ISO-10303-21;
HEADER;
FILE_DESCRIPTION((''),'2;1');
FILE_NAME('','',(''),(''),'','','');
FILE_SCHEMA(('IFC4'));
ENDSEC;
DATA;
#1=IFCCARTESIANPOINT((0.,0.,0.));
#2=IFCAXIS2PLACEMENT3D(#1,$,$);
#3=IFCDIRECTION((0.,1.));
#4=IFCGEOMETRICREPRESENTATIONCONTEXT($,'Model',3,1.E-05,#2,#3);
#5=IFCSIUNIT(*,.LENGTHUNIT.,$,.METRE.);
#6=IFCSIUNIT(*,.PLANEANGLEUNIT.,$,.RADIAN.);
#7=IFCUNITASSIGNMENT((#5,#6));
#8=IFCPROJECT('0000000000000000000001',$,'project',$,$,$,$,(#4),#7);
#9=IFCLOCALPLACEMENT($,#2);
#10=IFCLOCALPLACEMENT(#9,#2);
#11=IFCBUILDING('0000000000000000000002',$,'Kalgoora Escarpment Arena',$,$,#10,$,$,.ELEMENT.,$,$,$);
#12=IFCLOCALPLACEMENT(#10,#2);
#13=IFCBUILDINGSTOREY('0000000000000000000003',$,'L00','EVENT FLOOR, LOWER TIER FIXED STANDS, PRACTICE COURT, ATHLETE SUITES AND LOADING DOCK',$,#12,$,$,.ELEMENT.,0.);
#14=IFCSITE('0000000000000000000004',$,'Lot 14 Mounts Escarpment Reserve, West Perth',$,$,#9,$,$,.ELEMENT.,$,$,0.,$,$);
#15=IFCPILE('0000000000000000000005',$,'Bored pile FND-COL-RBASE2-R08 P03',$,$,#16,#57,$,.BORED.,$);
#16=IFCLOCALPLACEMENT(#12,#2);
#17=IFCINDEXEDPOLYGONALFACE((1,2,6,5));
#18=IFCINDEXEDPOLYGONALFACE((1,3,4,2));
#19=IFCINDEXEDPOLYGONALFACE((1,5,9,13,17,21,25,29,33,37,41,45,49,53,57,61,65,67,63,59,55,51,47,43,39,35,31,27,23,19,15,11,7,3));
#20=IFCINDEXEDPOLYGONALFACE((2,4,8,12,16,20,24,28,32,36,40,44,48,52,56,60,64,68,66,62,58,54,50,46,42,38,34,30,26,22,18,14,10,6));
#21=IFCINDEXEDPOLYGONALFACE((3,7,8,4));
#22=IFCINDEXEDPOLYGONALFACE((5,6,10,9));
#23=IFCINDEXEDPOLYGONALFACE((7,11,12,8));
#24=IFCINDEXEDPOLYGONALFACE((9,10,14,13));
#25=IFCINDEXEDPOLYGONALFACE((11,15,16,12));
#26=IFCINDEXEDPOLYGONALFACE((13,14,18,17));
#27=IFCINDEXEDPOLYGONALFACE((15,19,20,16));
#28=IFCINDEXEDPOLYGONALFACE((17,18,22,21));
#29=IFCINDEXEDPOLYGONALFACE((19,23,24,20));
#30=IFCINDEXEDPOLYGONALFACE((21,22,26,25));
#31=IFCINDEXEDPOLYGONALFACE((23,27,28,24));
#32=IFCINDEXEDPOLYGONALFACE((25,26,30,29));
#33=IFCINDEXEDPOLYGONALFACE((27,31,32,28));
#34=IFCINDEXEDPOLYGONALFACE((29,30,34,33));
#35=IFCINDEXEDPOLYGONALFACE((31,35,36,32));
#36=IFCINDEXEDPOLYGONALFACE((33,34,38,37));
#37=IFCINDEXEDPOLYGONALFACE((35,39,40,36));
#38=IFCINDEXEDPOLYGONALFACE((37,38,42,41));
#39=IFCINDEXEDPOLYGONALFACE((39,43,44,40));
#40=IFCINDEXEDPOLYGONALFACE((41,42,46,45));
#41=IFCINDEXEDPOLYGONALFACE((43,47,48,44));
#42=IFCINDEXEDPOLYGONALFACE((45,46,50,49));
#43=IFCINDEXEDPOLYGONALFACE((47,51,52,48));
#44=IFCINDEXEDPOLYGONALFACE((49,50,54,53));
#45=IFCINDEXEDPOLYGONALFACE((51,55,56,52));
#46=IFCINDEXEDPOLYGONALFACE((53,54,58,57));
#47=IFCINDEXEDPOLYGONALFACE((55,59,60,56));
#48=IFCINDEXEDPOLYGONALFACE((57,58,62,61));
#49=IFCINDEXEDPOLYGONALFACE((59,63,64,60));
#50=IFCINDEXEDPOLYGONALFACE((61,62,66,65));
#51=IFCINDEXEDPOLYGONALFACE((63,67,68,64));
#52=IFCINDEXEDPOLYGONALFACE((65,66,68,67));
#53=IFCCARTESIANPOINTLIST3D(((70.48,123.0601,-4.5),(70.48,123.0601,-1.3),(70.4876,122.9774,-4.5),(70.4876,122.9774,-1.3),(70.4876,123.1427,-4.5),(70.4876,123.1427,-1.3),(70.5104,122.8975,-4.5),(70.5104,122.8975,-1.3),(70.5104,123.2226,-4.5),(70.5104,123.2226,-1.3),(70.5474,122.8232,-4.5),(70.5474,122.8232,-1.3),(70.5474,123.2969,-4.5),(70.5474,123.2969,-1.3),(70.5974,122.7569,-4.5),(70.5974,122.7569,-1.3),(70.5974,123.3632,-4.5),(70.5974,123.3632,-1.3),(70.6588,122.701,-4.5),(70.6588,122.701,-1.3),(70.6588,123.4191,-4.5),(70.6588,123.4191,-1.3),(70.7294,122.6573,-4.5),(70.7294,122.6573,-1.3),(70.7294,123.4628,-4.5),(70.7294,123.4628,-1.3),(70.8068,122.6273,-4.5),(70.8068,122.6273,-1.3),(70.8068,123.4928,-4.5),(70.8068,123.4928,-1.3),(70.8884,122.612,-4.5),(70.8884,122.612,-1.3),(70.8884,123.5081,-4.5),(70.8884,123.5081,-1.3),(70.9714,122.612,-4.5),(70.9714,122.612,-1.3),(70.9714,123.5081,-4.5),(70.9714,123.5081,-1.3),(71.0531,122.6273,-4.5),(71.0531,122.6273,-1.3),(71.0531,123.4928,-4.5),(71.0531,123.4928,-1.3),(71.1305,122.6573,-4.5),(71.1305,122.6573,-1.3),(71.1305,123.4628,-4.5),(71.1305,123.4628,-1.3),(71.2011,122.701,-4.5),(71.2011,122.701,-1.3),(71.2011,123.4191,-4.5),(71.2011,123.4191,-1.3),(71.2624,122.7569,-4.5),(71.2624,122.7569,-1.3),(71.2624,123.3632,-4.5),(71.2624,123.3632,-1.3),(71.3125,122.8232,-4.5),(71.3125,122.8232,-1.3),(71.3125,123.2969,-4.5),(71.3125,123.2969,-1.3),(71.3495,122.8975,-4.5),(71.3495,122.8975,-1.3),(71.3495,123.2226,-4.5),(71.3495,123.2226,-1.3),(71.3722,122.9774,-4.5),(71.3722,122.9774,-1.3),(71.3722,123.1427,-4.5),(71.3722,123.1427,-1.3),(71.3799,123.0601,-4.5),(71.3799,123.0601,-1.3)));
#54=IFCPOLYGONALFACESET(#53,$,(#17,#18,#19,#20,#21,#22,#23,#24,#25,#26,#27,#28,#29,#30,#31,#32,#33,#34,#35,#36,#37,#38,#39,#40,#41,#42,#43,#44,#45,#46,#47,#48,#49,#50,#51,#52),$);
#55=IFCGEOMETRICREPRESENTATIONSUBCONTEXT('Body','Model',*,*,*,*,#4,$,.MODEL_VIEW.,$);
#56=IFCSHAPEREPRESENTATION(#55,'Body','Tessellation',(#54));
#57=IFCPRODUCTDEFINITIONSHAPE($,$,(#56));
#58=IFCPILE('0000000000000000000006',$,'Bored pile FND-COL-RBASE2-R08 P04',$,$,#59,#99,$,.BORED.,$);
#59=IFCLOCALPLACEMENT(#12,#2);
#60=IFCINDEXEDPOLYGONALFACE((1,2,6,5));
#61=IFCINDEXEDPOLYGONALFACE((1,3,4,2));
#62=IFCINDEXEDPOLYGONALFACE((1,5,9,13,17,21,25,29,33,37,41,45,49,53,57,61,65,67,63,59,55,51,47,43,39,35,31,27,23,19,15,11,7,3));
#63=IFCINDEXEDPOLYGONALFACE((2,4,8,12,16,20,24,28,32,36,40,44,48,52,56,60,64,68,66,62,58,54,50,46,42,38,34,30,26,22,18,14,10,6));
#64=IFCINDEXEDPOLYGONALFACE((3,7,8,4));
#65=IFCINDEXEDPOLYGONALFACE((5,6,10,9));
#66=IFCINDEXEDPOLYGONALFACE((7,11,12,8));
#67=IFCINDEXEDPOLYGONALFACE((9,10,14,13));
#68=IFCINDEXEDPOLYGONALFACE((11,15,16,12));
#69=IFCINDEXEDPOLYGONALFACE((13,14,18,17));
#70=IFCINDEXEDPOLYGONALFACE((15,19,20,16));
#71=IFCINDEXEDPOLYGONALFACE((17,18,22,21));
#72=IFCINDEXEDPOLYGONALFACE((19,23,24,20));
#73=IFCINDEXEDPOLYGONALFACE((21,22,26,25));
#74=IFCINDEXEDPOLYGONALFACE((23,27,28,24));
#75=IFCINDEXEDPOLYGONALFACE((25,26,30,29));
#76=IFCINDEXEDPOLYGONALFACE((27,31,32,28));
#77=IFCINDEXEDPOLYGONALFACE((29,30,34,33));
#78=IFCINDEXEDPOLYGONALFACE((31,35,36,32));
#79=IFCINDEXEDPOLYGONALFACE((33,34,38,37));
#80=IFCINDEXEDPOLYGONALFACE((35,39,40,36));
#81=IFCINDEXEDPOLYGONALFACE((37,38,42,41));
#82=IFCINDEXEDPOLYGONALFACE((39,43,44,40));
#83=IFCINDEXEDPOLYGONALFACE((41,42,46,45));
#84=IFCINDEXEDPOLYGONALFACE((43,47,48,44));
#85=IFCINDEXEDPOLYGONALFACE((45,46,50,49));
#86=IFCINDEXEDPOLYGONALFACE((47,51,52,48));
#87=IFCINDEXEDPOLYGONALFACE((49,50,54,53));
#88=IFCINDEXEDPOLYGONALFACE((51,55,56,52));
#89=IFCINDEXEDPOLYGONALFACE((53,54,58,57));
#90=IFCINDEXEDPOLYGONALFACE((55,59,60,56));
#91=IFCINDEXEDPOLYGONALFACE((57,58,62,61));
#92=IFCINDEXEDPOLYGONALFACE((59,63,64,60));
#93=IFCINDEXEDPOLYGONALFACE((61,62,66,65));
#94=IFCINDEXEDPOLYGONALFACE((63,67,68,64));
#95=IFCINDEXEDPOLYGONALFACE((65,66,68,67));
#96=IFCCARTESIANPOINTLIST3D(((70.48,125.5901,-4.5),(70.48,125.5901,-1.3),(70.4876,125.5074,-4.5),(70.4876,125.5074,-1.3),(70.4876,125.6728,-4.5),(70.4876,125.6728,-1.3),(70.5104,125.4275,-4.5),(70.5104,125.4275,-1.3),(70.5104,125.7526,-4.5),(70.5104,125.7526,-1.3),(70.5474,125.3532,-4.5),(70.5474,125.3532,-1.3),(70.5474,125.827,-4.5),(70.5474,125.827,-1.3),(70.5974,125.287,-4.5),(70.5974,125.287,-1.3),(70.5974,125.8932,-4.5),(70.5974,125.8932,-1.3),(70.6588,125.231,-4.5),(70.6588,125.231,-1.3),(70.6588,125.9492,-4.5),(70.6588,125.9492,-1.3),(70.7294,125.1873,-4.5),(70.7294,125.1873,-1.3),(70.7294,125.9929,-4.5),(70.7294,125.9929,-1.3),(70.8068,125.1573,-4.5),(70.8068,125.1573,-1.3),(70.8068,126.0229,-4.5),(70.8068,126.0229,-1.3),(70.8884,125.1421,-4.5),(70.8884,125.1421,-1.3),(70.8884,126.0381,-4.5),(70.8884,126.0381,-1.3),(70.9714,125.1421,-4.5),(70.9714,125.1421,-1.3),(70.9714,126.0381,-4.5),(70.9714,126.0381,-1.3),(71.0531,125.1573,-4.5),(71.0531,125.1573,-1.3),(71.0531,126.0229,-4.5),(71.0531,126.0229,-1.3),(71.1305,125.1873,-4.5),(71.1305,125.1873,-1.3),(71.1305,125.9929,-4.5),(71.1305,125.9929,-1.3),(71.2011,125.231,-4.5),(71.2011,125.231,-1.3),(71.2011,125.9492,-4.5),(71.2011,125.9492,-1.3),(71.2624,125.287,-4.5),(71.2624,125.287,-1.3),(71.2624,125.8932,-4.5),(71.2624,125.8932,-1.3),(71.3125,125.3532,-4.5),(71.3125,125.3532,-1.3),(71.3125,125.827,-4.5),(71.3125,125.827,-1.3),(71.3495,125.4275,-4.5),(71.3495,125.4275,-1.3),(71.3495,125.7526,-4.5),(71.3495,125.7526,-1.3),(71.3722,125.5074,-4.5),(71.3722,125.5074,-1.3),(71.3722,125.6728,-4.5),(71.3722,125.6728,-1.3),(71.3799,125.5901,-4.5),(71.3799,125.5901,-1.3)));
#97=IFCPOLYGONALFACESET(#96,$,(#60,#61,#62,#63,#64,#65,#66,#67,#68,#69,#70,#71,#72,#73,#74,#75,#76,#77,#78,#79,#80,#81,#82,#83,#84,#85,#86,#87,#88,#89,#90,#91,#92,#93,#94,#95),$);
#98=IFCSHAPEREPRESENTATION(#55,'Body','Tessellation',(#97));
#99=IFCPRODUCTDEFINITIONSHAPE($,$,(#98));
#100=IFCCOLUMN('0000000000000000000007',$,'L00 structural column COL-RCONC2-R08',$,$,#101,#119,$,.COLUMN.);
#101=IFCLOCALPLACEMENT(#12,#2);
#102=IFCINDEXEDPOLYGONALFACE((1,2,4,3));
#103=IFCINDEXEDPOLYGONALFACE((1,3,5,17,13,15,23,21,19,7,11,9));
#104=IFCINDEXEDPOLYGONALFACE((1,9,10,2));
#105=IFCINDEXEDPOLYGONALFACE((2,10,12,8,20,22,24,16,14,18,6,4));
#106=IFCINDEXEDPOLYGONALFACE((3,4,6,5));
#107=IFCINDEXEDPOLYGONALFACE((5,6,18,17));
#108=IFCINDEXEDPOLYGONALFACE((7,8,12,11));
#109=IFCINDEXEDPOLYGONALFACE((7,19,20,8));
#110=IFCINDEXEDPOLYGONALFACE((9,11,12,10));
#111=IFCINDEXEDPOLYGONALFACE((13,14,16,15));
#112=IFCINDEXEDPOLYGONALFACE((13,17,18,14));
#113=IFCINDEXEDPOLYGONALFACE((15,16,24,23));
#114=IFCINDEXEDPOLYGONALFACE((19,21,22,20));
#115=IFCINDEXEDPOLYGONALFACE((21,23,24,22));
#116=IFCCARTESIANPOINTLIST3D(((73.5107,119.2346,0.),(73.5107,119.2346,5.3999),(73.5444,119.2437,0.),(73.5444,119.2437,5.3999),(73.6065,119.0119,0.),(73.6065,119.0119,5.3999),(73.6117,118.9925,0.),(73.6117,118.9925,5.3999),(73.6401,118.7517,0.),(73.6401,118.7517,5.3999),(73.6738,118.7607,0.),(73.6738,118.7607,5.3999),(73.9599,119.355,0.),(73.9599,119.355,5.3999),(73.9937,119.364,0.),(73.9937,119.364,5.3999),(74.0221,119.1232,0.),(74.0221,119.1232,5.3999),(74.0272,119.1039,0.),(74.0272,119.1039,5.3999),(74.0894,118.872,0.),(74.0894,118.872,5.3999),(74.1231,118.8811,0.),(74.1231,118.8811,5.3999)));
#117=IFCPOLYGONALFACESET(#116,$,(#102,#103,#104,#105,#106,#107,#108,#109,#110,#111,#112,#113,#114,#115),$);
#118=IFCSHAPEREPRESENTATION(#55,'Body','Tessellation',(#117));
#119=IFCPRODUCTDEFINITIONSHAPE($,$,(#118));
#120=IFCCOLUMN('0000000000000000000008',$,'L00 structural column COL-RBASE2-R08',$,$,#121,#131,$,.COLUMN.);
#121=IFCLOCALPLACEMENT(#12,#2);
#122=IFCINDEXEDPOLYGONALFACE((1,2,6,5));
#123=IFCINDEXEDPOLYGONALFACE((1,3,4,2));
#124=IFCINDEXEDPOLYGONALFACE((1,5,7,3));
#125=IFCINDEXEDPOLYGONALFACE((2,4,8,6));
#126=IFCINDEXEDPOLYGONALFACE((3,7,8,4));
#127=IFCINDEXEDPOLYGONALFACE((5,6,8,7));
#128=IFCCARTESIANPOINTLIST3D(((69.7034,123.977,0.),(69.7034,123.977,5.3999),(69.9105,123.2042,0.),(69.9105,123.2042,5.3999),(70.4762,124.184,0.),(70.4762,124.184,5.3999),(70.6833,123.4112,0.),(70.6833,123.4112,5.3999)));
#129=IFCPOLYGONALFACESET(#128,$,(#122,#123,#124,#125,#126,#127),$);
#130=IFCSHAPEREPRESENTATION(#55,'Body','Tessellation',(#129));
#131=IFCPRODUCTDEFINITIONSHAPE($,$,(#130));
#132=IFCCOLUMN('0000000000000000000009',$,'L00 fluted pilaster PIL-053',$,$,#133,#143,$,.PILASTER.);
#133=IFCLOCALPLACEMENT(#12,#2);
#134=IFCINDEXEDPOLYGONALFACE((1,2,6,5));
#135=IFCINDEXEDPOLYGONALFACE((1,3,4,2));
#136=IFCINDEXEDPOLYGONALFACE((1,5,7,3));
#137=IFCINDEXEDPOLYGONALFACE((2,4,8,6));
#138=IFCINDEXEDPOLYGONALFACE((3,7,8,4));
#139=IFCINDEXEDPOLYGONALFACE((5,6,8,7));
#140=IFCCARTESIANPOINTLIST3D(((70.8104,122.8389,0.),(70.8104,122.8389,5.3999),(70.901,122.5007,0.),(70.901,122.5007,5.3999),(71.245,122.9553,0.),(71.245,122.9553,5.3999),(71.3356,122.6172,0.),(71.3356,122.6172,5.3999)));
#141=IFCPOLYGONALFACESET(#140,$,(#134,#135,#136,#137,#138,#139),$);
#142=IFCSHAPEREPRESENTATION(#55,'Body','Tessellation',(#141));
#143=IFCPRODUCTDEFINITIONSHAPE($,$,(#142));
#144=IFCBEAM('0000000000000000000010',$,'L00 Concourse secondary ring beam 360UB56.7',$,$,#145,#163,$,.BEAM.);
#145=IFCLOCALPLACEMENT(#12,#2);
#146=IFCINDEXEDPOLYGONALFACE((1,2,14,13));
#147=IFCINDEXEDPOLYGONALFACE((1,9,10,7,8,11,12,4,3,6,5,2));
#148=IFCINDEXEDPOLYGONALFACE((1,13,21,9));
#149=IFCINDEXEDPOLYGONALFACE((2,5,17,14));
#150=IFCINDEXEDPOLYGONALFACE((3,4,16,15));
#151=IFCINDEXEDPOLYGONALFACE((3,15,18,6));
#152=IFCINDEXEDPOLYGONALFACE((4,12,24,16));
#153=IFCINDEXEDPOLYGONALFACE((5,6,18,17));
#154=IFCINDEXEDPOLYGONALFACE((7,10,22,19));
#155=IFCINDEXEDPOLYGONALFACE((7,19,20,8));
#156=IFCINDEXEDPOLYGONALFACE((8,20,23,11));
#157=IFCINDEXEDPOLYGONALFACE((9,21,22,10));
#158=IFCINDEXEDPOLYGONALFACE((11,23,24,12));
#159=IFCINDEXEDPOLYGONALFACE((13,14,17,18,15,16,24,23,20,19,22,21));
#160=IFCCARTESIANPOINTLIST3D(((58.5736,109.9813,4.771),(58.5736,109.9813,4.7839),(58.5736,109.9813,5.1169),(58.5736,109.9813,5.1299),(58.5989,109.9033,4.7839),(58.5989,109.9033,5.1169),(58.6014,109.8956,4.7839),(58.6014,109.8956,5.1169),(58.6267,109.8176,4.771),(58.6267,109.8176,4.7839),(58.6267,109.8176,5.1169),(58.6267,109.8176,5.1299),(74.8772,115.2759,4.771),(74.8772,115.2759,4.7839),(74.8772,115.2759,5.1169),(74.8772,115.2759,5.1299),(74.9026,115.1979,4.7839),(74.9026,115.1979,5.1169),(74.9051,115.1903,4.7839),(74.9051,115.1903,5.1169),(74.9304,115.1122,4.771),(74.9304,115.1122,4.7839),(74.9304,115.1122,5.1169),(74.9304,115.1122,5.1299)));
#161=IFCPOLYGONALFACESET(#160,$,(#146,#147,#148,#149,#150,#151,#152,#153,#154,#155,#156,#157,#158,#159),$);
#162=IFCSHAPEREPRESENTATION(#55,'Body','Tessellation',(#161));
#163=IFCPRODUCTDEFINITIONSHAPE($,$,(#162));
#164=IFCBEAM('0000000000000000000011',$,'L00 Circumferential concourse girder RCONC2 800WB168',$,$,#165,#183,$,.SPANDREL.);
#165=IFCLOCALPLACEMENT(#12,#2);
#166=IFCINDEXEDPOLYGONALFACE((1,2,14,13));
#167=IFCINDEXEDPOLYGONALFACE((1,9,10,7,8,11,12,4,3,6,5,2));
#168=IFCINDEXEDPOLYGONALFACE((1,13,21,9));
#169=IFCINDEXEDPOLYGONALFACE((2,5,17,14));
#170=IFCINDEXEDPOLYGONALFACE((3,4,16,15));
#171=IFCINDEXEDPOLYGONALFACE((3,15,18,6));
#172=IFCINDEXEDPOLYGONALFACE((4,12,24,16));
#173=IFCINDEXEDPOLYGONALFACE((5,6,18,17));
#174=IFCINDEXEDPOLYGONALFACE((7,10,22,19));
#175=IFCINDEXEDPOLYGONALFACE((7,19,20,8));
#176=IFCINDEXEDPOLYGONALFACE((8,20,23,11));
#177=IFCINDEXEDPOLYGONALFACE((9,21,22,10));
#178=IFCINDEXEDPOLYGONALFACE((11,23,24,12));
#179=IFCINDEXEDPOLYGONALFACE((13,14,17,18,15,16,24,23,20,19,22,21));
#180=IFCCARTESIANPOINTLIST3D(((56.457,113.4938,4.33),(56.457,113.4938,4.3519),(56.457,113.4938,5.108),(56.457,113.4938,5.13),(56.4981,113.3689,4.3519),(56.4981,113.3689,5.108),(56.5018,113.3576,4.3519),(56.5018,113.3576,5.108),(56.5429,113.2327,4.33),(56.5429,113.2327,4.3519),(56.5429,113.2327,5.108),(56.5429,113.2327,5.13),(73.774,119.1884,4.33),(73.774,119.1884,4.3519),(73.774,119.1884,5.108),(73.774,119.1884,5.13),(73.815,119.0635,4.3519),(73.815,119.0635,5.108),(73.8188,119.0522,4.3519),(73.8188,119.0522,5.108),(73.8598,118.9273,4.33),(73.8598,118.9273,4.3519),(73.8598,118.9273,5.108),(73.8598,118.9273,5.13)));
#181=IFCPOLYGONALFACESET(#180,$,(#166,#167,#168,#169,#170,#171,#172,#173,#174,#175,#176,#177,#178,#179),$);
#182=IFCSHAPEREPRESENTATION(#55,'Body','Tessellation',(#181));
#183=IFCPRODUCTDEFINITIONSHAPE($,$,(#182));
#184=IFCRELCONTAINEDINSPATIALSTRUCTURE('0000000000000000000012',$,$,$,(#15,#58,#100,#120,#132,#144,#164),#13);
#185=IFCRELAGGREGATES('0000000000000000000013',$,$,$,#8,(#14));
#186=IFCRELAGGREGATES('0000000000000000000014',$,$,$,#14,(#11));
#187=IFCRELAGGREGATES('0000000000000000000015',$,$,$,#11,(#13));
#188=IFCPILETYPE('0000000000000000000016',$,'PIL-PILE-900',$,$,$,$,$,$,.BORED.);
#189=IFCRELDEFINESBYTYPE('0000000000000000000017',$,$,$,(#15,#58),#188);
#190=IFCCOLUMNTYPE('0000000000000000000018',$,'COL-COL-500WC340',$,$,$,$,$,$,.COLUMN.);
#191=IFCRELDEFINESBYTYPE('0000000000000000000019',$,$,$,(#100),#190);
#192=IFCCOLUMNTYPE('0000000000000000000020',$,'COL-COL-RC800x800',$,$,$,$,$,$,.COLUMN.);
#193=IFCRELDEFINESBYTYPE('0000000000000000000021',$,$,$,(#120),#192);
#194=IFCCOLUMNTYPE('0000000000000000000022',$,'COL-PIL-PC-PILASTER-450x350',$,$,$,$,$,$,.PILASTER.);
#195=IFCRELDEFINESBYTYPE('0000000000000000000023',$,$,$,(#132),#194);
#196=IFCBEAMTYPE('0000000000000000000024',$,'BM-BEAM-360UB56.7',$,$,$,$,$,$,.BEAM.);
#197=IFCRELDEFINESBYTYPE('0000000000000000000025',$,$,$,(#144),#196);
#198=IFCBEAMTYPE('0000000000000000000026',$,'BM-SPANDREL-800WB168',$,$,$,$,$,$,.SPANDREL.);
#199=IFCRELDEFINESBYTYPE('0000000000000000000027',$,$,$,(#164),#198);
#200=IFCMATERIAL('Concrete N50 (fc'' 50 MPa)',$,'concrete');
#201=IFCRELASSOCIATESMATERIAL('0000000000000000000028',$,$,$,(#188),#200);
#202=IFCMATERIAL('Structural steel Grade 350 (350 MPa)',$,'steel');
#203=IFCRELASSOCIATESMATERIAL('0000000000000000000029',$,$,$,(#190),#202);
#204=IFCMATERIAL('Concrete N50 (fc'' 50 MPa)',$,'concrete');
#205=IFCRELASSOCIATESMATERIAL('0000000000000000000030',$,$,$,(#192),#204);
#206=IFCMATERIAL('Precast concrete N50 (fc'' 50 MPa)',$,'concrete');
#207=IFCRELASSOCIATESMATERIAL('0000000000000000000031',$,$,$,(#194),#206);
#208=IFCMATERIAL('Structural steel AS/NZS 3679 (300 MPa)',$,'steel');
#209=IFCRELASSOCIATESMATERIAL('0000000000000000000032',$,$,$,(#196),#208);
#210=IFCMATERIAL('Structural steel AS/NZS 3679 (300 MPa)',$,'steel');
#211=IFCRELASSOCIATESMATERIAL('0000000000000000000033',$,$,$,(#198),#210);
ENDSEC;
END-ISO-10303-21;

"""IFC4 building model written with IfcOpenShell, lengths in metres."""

from ifc_helpers import new_model, si_unit, direction, frame, origin, origin_2d, place, context, subcontext, project, spatial, rectangle, circle, i_section, extrude, material, material_profile, profile_set, type_object, element, save


model = new_model("IFC4")

# Units and contexts
model_context = context("Model", 3, precision=1e-05, world=origin(), true_north=direction((0.0, 1.0)))
body_context = subcontext(model_context, "Body", "Model", "MODEL_VIEW")
ifc_project = project(units=[si_unit("LENGTHUNIT", "METRE"), si_unit("PLANEANGLEUNIT", "RADIAN")], contexts=[model_context])

# Site, building, storey
site_placement = place(None, origin())
site = spatial("IfcSite", under=ifc_project, at=site_placement, Name="Lot 14 Mounts Escarpment Reserve, West Perth", CompositionType="ELEMENT", RefElevation=0.0)
building_placement = place(site_placement, origin())
building = spatial("IfcBuilding", under=site, at=building_placement, Name="Kalgoora Escarpment Arena", CompositionType="ELEMENT")
storey_placement = place(building_placement, origin())
storey = spatial("IfcBuildingStorey", under=building, at=storey_placement, Name="L00", Description="EVENT FLOOR, LOWER TIER FIXED STANDS, PRACTICE COURT, ATHLETE SUITES AND LOADING DOCK", CompositionType="ELEMENT", Elevation=0.0)

# Piles
ifc_material_1 = material(Name="Concrete N50 (fc' 50 MPa)", Category="concrete")
ifc_material_profile_1 = material_profile(ifc_material_1, circle(Radius=0.45, at=origin_2d()))
ifc_profile_set_1 = profile_set([ifc_material_profile_1], Name="Concrete N50 (fc' 50 MPa)")
pile_type_1 = type_object("IfcPileType", Name="PIL-PILE-900", PredefinedType="BORED", material=ifc_profile_set_1)
for number, where, z_axis, x_axis, name in (
    (1, (70.9299, 123.0601, -1.3), (0.0, 0.0, -1.0), (1.0, 0.0, 0.0), "Bored pile FND-COL-RBASE2-R08 P03"),
    (2, (70.9299, 125.5901, -1.3), (0.0, 0.0, -1.0), (1.0, 0.0, 0.0), "Bored pile FND-COL-RBASE2-R08 P04"),
):
    element("IfcPile", number, at=place(storey_placement, frame(where, z_axis=z_axis, x_axis=x_axis)), inside=storey, type_object=pile_type_1, Name=name, PredefinedType="BORED", context=body_context, shape_type="SweptSolid", body=[
        extrude(circle(Radius=0.45, at=origin_2d()), origin(), (0.0, 0.0, 1.0), 3.2),
    ])

# Columns
ifc_material_2 = material(Name="Structural steel Grade 350 (350 MPa)", Category="steel")
ifc_material_profile_2 = material_profile(ifc_material_2, i_section(OverallWidth=0.5, OverallDepth=0.5, WebThickness=0.02, FlangeThickness=0.0349, at=origin_2d()))
ifc_profile_set_2 = profile_set([ifc_material_profile_2], Name="Structural steel Grade 350 (350 MPa)")
column_type_1 = type_object("IfcColumnType", Name="COL-COL-500WC340", PredefinedType="COLUMN", material=ifc_profile_set_2)
column_1_placement = place(storey_placement, frame((73.8169, 119.0579, 0.0), z_axis=(0.0, 0.0, 1.0), x_axis=(-0.258819, 0.965926, 0.0)))
element("IfcColumn", 3, at=column_1_placement, inside=storey, type_object=column_type_1, Name="L00 structural column COL-RCONC2-R08", PredefinedType="COLUMN", context=body_context, shape_type="SweptSolid", body=[
    extrude(i_section(OverallWidth=0.5, OverallDepth=0.5, WebThickness=0.02, FlangeThickness=0.0349, at=origin_2d()), origin(), (0.0, 0.0, 1.0), 5.3999),
])
ifc_material_3 = material(Name="Concrete N50 (fc' 50 MPa)", Category="concrete")
ifc_material_profile_3 = material_profile(ifc_material_3, rectangle(XDim=0.8, YDim=0.8, at=origin_2d()))
ifc_profile_set_3 = profile_set([ifc_material_profile_3], Name="Concrete N50 (fc' 50 MPa)")
column_type_2 = type_object("IfcColumnType", Name="COL-COL-RC800x800", PredefinedType="COLUMN", material=ifc_profile_set_3)
column_2_placement = place(storey_placement, frame((70.1934, 123.6941, 0.0), z_axis=(0.0, 0.0, 1.0), x_axis=(-0.258819, 0.965926, 0.0)))
element("IfcColumn", 4, at=column_2_placement, inside=storey, type_object=column_type_2, Name="L00 structural column COL-RBASE2-R08", PredefinedType="COLUMN", context=body_context, shape_type="SweptSolid", body=[
    extrude(rectangle(XDim=0.8, YDim=0.8, at=origin_2d()), origin(), (0.0, 0.0, 1.0), 5.3999),
])
ifc_material_4 = material(Name="Precast concrete N50 (fc' 50 MPa)", Category="concrete")
ifc_material_profile_4 = material_profile(ifc_material_4, rectangle(XDim=0.3501, YDim=0.45, at=origin_2d()))
ifc_profile_set_4 = profile_set([ifc_material_profile_4], Name="Precast concrete N50 (fc' 50 MPa)")
column_type_3 = type_object("IfcColumnType", Name="COL-PIL-PC-PILASTER-450x350", PredefinedType="PILASTER", material=ifc_profile_set_4)
column_3_placement = place(storey_placement, frame((71.073, 122.728, 0.0), z_axis=(0.0, 0.0, 1.0), x_axis=(-0.258819, 0.965926, 0.0)))
element("IfcColumn", 5, at=column_3_placement, inside=storey, type_object=column_type_3, Name="L00 fluted pilaster PIL-053", PredefinedType="PILASTER", context=body_context, shape_type="SweptSolid", body=[
    extrude(rectangle(XDim=0.3501, YDim=0.45, at=origin_2d()), origin(), (0.0, 0.0, 1.0), 5.3999),
])

# Beams
ifc_material_5 = material(Name="Structural steel AS/NZS 3679 (300 MPa)", Category="steel")
ifc_material_profile_5 = material_profile(ifc_material_5, i_section(OverallWidth=0.1721, OverallDepth=0.3589, WebThickness=0.0081, FlangeThickness=0.0129, at=origin_2d()))
ifc_profile_set_5 = profile_set([ifc_material_profile_5], Name="Structural steel AS/NZS 3679 (300 MPa)")
beam_type_1 = type_object("IfcBeamType", Name="BM-BEAM-360UB56.7", PredefinedType="BEAM", material=ifc_profile_set_5)
beam_1_placement = place(storey_placement, frame((74.9038, 115.1941, 4.9504), z_axis=(-0.951103, -0.308874, 0.0), x_axis=(0.308874, -0.951103, 0.0)))
element("IfcBeam", 6, at=beam_1_placement, inside=storey, type_object=beam_type_1, Name="L00 Concourse secondary ring beam 360UB56.7", PredefinedType="BEAM", context=body_context, shape_type="SweptSolid", body=[
    extrude(i_section(OverallWidth=0.1721, OverallDepth=0.3589, WebThickness=0.0081, FlangeThickness=0.0129, at=origin_2d()), origin(), (0.0, 0.0, 1.0), 17.1418),
])
ifc_material_6 = material(Name="Structural steel AS/NZS 3679 (300 MPa)", Category="steel")
ifc_material_profile_6 = material_profile(ifc_material_6, i_section(OverallWidth=0.2749, OverallDepth=0.8, WebThickness=0.012, FlangeThickness=0.022, at=origin_2d()))
ifc_profile_set_6 = profile_set([ifc_material_profile_6], Name="Structural steel AS/NZS 3679 (300 MPa)")
beam_type_2 = type_object("IfcBeamType", Name="BM-SPANDREL-800WB168", PredefinedType="SPANDREL", material=ifc_profile_set_6)
beam_2_placement = place(storey_placement, frame((73.8169, 119.0579, 4.73), z_axis=(-0.949955, -0.312388, 0.0), x_axis=(0.312388, -0.949955, 0.0)))
element("IfcBeam", 7, at=beam_2_placement, inside=storey, type_object=beam_type_2, Name="L00 Circumferential concourse girder RCONC2 800WB168", PredefinedType="SPANDREL", context=body_context, shape_type="SweptSolid", body=[
    extrude(i_section(OverallWidth=0.2749, OverallDepth=0.8, WebThickness=0.012, FlangeThickness=0.022, at=origin_2d()), origin(), (0.0, 0.0, 1.0), 18.2292),
])

save(model, "model.ifc")
